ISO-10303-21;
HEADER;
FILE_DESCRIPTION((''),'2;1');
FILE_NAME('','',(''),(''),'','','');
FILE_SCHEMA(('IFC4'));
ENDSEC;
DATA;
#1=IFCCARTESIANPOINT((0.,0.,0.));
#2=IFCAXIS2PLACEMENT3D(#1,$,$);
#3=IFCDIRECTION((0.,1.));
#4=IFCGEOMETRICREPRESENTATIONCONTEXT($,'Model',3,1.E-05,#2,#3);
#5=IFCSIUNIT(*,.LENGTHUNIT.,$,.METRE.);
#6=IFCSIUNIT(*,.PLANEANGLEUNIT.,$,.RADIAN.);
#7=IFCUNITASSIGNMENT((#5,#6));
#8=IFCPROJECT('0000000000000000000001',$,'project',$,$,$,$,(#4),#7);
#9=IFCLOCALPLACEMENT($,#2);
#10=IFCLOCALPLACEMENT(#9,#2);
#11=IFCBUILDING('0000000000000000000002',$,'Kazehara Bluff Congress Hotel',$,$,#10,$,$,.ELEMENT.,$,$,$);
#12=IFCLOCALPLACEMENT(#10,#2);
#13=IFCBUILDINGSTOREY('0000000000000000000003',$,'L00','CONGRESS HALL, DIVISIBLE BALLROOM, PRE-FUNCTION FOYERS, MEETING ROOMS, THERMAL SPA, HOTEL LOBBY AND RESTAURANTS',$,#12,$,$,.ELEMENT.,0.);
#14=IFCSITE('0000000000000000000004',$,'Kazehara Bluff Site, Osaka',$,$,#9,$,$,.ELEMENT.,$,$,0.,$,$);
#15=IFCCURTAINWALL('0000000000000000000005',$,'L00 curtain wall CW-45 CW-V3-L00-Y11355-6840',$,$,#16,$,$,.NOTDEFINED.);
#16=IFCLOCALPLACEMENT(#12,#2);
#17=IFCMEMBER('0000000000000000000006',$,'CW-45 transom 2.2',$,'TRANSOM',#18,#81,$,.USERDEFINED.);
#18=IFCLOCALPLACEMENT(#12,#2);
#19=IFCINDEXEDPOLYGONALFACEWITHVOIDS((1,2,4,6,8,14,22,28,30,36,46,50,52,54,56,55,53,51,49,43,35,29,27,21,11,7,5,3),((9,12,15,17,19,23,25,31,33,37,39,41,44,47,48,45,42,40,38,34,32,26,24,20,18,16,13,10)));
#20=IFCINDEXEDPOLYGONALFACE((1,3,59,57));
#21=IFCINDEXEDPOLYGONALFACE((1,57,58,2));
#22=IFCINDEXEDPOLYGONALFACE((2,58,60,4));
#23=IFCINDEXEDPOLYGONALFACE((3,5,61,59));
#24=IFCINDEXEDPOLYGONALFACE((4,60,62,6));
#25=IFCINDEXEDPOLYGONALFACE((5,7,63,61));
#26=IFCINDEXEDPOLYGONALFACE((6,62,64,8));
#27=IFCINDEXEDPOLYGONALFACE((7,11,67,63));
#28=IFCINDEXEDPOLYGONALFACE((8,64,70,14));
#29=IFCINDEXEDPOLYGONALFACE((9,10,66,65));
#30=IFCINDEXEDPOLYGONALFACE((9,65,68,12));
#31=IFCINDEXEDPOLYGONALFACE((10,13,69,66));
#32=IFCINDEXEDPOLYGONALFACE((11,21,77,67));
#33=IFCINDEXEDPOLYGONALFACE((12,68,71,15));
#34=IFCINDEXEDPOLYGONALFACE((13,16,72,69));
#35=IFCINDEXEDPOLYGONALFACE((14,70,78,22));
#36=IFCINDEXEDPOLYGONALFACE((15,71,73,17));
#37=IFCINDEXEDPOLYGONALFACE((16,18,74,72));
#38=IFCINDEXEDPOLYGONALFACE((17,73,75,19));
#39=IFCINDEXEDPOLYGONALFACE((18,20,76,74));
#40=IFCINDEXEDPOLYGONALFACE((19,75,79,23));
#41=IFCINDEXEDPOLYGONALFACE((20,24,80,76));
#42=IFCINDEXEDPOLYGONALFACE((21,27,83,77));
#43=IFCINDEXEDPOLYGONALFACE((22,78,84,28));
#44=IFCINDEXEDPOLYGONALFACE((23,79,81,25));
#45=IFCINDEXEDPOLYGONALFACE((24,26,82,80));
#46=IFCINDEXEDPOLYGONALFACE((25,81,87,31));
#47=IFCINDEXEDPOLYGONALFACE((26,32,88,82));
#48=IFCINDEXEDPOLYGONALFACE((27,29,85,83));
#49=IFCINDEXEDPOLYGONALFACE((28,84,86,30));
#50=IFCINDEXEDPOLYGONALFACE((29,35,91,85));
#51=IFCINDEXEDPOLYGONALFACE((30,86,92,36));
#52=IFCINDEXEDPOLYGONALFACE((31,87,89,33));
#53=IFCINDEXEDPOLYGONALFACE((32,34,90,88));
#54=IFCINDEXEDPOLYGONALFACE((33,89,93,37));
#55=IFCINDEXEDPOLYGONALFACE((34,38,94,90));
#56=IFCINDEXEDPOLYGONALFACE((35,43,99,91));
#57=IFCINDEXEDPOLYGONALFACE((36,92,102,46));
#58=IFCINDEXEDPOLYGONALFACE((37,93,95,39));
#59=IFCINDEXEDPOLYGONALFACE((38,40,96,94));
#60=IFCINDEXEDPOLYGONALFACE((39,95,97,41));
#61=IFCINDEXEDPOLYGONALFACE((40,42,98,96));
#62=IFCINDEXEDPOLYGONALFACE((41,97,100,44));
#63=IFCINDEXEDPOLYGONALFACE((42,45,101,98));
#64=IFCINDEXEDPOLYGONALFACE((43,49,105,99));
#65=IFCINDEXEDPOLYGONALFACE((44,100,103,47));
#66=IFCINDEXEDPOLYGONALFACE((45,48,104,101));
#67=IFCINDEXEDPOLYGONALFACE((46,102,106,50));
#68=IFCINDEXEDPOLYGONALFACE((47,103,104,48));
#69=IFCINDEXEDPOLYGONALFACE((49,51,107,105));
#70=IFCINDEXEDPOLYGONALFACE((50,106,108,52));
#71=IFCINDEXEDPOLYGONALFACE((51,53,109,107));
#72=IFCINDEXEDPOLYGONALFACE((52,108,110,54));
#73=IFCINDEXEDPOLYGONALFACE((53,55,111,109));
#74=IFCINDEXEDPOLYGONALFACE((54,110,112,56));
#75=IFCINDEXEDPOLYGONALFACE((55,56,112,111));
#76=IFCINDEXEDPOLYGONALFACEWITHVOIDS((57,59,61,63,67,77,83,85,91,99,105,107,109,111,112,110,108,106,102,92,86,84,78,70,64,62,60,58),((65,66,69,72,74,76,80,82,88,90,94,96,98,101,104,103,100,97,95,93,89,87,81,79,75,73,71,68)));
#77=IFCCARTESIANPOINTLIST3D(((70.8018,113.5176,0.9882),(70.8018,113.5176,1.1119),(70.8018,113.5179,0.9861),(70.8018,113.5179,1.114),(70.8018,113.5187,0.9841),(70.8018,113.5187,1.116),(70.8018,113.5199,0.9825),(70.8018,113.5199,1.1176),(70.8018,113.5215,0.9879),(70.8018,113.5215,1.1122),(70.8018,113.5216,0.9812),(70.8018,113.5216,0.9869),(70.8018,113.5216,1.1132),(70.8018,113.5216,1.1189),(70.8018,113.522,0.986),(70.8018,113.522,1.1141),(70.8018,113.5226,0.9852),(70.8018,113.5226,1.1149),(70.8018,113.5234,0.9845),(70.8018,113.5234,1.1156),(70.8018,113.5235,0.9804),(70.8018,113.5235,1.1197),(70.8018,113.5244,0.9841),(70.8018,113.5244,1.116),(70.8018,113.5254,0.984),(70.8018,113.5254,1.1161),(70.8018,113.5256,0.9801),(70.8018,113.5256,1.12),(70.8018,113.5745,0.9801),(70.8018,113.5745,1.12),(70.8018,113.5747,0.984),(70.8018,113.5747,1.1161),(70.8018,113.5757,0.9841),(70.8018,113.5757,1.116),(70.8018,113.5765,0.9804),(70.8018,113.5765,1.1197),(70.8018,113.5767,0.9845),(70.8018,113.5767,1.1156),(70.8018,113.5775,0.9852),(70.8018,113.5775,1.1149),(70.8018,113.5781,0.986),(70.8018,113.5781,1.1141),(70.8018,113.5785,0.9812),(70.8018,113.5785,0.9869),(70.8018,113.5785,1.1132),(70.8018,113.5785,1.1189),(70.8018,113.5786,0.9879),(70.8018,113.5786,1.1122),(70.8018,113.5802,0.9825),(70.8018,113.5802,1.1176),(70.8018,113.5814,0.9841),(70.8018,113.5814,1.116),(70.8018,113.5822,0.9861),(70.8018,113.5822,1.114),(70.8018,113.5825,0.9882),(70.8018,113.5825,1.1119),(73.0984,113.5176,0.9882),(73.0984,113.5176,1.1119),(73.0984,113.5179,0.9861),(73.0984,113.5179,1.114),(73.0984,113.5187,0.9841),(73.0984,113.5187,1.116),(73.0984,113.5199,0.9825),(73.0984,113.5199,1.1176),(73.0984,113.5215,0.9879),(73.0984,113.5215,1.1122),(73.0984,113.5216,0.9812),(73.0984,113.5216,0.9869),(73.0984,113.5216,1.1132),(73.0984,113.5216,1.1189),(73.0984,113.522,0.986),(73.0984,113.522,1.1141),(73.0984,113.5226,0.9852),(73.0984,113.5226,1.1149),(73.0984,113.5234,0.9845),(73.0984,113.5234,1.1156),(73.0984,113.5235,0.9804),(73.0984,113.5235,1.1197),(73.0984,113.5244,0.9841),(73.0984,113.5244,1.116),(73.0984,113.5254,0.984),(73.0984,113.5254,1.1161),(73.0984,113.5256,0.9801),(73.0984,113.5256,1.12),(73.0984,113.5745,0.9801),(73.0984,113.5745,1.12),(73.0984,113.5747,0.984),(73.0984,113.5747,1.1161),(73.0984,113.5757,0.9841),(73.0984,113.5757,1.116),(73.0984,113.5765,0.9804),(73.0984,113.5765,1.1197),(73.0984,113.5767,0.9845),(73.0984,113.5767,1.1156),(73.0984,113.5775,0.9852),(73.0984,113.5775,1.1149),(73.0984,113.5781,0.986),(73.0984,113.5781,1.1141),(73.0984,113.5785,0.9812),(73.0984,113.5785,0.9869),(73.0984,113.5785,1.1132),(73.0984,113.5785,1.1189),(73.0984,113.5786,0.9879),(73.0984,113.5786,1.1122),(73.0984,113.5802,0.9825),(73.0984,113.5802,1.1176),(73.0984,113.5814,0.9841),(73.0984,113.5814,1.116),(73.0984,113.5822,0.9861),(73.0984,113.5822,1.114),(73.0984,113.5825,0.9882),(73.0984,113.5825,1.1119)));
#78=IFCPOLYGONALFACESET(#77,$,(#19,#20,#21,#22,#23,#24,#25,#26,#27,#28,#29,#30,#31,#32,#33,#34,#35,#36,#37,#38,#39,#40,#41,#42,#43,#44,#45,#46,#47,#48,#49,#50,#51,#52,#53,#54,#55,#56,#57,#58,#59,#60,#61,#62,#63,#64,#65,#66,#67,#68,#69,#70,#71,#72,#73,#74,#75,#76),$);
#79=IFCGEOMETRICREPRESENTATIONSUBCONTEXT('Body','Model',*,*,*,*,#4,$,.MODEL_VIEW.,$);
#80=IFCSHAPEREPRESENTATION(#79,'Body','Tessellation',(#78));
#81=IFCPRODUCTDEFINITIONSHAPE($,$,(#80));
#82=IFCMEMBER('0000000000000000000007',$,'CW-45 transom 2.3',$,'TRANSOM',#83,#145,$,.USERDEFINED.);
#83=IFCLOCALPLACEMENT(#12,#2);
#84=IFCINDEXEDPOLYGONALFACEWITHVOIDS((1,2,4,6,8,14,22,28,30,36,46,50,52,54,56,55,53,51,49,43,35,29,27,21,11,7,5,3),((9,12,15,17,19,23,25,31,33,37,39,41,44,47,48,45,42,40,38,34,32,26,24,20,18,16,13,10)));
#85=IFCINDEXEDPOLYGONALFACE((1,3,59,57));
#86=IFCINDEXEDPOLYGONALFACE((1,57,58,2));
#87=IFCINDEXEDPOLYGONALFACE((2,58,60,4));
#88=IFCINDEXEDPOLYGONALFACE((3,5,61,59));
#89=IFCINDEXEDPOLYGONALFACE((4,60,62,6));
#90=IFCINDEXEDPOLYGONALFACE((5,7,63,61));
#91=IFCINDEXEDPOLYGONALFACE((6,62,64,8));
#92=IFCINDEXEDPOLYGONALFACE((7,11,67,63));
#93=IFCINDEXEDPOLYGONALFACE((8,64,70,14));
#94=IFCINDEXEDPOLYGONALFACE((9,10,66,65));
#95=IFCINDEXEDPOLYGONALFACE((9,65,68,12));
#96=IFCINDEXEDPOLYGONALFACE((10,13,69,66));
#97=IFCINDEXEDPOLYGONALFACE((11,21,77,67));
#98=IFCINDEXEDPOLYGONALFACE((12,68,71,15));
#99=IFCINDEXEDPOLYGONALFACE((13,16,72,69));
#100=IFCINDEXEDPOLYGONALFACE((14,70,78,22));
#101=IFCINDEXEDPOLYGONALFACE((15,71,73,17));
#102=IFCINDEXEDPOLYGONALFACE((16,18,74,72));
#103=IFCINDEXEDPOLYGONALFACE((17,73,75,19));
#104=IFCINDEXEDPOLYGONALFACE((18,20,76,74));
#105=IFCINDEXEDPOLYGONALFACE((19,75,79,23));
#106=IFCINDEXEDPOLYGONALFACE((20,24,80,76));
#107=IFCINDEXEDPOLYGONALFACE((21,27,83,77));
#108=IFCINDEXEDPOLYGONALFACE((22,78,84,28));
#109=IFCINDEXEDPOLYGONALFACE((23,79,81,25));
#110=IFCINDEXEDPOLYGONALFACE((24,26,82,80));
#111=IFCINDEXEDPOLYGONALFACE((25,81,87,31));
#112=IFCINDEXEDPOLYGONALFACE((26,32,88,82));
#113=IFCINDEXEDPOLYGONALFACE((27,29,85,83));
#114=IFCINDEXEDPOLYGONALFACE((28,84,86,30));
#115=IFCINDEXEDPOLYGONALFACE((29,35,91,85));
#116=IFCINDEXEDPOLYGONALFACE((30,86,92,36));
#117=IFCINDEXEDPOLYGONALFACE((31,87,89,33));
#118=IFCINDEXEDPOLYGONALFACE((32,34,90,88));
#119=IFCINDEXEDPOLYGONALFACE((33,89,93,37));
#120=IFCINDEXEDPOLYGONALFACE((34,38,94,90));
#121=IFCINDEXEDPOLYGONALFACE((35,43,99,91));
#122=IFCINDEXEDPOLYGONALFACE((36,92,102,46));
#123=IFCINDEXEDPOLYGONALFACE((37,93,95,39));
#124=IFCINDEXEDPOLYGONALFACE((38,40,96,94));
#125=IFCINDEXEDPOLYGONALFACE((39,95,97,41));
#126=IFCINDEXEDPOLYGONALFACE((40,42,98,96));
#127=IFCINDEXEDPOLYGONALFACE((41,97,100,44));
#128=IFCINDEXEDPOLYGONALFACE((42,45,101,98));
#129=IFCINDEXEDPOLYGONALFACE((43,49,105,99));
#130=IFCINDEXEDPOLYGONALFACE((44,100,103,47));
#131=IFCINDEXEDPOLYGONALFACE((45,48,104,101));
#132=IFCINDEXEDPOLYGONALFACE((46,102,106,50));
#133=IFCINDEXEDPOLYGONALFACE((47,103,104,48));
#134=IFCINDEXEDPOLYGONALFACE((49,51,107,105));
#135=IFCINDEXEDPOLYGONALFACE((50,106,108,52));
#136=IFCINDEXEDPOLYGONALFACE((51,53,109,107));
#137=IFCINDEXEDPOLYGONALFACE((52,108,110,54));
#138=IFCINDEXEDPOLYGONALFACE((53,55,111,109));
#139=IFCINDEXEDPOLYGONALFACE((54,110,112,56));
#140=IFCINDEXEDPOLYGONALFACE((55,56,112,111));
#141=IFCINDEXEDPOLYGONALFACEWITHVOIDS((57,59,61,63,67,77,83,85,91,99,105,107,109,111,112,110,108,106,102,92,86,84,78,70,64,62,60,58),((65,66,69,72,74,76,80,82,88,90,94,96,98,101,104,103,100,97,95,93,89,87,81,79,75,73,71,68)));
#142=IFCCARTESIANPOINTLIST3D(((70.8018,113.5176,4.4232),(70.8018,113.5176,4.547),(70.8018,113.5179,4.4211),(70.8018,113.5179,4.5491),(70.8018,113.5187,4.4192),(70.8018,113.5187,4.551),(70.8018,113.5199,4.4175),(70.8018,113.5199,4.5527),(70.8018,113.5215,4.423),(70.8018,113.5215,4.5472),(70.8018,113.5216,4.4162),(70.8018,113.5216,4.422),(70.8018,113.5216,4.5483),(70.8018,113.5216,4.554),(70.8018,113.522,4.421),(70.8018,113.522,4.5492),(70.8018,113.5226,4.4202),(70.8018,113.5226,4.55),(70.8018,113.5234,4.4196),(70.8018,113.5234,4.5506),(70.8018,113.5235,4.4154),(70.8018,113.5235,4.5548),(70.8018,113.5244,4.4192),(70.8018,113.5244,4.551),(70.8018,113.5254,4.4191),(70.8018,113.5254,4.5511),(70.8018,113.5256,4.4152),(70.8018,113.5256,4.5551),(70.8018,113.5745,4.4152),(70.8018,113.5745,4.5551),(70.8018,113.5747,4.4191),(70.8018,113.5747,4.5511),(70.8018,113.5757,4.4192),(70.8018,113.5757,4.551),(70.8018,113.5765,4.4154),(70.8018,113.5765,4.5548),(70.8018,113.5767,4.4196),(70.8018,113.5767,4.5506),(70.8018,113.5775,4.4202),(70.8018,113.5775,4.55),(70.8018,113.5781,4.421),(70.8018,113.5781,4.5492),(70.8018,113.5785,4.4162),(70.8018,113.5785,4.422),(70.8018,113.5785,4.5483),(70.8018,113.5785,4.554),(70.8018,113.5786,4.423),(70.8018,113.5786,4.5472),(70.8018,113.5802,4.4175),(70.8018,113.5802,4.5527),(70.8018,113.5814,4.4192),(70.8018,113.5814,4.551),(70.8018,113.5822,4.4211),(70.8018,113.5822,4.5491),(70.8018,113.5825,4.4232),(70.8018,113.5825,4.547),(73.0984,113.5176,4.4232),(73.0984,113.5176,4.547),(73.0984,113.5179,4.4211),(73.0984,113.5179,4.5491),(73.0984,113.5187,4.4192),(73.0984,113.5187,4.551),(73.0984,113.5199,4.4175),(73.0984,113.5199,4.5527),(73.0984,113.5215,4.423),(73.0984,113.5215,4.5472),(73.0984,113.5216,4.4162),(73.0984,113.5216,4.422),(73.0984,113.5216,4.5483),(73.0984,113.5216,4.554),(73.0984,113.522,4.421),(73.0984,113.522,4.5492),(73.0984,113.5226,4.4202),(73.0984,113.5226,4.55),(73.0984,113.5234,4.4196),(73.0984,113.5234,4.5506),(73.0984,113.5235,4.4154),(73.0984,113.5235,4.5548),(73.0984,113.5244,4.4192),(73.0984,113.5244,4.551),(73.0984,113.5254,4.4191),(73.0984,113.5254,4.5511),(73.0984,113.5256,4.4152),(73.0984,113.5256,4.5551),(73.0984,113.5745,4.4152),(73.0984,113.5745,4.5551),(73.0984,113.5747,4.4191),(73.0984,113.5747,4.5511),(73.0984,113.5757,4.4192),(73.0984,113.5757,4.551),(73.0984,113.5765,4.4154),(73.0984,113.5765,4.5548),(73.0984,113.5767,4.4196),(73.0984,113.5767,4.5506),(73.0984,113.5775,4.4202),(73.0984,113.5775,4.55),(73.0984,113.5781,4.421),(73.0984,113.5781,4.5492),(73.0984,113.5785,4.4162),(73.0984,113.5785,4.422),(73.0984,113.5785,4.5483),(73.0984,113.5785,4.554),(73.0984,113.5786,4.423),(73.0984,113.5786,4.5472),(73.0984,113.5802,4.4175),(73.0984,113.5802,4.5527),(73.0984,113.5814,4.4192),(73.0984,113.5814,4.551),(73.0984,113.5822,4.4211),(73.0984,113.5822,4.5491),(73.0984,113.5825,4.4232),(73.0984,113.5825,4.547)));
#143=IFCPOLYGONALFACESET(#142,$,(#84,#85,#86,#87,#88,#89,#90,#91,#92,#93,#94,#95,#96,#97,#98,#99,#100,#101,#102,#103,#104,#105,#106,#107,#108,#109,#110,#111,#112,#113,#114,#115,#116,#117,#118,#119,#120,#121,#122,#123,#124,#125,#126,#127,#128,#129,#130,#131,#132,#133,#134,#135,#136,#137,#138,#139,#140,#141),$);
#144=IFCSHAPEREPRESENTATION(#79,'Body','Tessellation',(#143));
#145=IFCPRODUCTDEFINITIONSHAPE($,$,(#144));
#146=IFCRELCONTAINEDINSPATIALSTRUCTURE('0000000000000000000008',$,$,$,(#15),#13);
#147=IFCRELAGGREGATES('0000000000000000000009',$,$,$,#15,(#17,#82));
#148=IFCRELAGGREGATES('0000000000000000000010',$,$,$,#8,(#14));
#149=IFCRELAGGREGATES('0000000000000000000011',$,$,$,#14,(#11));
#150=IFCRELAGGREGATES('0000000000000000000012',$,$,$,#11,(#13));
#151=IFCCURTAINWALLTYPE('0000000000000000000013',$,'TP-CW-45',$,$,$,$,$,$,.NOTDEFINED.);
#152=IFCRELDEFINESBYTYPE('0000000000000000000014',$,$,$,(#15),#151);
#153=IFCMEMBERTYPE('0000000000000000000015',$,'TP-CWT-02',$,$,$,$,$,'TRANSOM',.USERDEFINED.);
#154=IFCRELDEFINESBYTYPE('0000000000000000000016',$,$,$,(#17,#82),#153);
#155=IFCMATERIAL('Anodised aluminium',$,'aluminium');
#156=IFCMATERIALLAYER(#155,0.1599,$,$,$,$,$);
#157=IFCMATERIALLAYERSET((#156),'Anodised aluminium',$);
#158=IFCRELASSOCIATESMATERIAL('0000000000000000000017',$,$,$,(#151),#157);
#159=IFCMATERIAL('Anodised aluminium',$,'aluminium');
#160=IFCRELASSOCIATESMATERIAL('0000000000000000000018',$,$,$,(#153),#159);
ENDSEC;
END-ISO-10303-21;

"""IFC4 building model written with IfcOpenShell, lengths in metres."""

from ifc_helpers import new_model, si_unit, direction, frame, origin, origin_2d, place, context, subcontext, project, spatial, hollow_rectangle, extrude, material, layer, layer_set, material_profile, profile_set, type_object, element, aggregate, save


model = new_model("IFC4")

# Units and contexts
model_context = context("Model", 3, precision=1e-05, world=origin(), true_north=direction((0.0, 1.0)))
body_context = subcontext(model_context, "Body", "Model", "MODEL_VIEW")
ifc_project = project(units=[si_unit("LENGTHUNIT", "METRE"), si_unit("PLANEANGLEUNIT", "RADIAN")], contexts=[model_context])

# Site, building, storey
site_placement = place(None, origin())
site = spatial("IfcSite", under=ifc_project, at=site_placement, Name="Kazehara Bluff Site, Osaka", CompositionType="ELEMENT", RefElevation=0.0)
building_placement = place(site_placement, origin())
building = spatial("IfcBuilding", under=site, at=building_placement, Name="Kazehara Bluff Congress Hotel", CompositionType="ELEMENT")
storey_placement = place(building_placement, origin())
storey = spatial("IfcBuildingStorey", under=building, at=storey_placement, Name="L00", Description="CONGRESS HALL, DIVISIBLE BALLROOM, PRE-FUNCTION FOYERS, MEETING ROOMS, THERMAL SPA, HOTEL LOBBY AND RESTAURANTS", CompositionType="ELEMENT", Elevation=0.0)

# Curtain wall, members
ifc_material_1 = material(Name="Anodised aluminium", Category="aluminium")
ifc_layer_1 = layer(ifc_material_1, 0.1599)
ifc_layer_set_1 = layer_set([ifc_layer_1], Name="Anodised aluminium")
curtain_wall_type = type_object("IfcCurtainWallType", Name="TP-CW-45", PredefinedType="NOTDEFINED", material=ifc_layer_set_1)
curtain_wall_placement = place(storey_placement, origin())
curtain_wall = element("IfcCurtainWall", 1, at=curtain_wall_placement, inside=storey, type_object=curtain_wall_type, Name="L00 curtain wall CW-45 CW-V3-L00-Y11355-6840", PredefinedType="NOTDEFINED")
ifc_material_2 = material(Name="Anodised aluminium", Category="aluminium")
ifc_material_profile_1 = material_profile(ifc_material_2, hollow_rectangle(XDim=0.0649, YDim=0.1399, WallThickness=0.0039, InnerFilletRadius=0.0039, OuterFilletRadius=0.0081, at=origin_2d()))
ifc_profile_set_1 = profile_set([ifc_material_profile_1], Name="Anodised aluminium")
member_type_1 = type_object("IfcMemberType", Name="TP-CWT-02", ElementType="TRANSOM", PredefinedType="USERDEFINED", material=ifc_profile_set_1)
member_1_placement = place(storey_placement, frame((70.8018, 113.55, 1.05), z_axis=(1.0, 0.0, 0.0), x_axis=(0.0, 1.0, 0.0)))
member_1 = element("IfcMember", 2, at=member_1_placement, type_object=member_type_1, Name="CW-45 transom 2.2", ObjectType="TRANSOM", PredefinedType="USERDEFINED", context=body_context, shape_type="SweptSolid", body=[
    extrude(hollow_rectangle(XDim=0.0649, YDim=0.1399, WallThickness=0.0039, InnerFilletRadius=0.0039, OuterFilletRadius=0.0081, at=origin_2d()), origin(), (0.0, 0.0, 1.0), 2.2966),
])
member_2_placement = place(storey_placement, frame((70.8018, 113.55, 4.4851), z_axis=(1.0, 0.0, 0.0), x_axis=(0.0, 1.0, 0.0)))
member_2 = element("IfcMember", 3, at=member_2_placement, type_object=member_type_1, Name="CW-45 transom 2.3", ObjectType="TRANSOM", PredefinedType="USERDEFINED", context=body_context, shape_type="SweptSolid", body=[
    extrude(hollow_rectangle(XDim=0.0649, YDim=0.1399, WallThickness=0.0039, InnerFilletRadius=0.0039, OuterFilletRadius=0.0081, at=origin_2d()), origin(), (0.0, 0.0, 1.0), 2.2966),
])

aggregate(curtain_wall, [member_1, member_2])

save(model, "model.ifc")
